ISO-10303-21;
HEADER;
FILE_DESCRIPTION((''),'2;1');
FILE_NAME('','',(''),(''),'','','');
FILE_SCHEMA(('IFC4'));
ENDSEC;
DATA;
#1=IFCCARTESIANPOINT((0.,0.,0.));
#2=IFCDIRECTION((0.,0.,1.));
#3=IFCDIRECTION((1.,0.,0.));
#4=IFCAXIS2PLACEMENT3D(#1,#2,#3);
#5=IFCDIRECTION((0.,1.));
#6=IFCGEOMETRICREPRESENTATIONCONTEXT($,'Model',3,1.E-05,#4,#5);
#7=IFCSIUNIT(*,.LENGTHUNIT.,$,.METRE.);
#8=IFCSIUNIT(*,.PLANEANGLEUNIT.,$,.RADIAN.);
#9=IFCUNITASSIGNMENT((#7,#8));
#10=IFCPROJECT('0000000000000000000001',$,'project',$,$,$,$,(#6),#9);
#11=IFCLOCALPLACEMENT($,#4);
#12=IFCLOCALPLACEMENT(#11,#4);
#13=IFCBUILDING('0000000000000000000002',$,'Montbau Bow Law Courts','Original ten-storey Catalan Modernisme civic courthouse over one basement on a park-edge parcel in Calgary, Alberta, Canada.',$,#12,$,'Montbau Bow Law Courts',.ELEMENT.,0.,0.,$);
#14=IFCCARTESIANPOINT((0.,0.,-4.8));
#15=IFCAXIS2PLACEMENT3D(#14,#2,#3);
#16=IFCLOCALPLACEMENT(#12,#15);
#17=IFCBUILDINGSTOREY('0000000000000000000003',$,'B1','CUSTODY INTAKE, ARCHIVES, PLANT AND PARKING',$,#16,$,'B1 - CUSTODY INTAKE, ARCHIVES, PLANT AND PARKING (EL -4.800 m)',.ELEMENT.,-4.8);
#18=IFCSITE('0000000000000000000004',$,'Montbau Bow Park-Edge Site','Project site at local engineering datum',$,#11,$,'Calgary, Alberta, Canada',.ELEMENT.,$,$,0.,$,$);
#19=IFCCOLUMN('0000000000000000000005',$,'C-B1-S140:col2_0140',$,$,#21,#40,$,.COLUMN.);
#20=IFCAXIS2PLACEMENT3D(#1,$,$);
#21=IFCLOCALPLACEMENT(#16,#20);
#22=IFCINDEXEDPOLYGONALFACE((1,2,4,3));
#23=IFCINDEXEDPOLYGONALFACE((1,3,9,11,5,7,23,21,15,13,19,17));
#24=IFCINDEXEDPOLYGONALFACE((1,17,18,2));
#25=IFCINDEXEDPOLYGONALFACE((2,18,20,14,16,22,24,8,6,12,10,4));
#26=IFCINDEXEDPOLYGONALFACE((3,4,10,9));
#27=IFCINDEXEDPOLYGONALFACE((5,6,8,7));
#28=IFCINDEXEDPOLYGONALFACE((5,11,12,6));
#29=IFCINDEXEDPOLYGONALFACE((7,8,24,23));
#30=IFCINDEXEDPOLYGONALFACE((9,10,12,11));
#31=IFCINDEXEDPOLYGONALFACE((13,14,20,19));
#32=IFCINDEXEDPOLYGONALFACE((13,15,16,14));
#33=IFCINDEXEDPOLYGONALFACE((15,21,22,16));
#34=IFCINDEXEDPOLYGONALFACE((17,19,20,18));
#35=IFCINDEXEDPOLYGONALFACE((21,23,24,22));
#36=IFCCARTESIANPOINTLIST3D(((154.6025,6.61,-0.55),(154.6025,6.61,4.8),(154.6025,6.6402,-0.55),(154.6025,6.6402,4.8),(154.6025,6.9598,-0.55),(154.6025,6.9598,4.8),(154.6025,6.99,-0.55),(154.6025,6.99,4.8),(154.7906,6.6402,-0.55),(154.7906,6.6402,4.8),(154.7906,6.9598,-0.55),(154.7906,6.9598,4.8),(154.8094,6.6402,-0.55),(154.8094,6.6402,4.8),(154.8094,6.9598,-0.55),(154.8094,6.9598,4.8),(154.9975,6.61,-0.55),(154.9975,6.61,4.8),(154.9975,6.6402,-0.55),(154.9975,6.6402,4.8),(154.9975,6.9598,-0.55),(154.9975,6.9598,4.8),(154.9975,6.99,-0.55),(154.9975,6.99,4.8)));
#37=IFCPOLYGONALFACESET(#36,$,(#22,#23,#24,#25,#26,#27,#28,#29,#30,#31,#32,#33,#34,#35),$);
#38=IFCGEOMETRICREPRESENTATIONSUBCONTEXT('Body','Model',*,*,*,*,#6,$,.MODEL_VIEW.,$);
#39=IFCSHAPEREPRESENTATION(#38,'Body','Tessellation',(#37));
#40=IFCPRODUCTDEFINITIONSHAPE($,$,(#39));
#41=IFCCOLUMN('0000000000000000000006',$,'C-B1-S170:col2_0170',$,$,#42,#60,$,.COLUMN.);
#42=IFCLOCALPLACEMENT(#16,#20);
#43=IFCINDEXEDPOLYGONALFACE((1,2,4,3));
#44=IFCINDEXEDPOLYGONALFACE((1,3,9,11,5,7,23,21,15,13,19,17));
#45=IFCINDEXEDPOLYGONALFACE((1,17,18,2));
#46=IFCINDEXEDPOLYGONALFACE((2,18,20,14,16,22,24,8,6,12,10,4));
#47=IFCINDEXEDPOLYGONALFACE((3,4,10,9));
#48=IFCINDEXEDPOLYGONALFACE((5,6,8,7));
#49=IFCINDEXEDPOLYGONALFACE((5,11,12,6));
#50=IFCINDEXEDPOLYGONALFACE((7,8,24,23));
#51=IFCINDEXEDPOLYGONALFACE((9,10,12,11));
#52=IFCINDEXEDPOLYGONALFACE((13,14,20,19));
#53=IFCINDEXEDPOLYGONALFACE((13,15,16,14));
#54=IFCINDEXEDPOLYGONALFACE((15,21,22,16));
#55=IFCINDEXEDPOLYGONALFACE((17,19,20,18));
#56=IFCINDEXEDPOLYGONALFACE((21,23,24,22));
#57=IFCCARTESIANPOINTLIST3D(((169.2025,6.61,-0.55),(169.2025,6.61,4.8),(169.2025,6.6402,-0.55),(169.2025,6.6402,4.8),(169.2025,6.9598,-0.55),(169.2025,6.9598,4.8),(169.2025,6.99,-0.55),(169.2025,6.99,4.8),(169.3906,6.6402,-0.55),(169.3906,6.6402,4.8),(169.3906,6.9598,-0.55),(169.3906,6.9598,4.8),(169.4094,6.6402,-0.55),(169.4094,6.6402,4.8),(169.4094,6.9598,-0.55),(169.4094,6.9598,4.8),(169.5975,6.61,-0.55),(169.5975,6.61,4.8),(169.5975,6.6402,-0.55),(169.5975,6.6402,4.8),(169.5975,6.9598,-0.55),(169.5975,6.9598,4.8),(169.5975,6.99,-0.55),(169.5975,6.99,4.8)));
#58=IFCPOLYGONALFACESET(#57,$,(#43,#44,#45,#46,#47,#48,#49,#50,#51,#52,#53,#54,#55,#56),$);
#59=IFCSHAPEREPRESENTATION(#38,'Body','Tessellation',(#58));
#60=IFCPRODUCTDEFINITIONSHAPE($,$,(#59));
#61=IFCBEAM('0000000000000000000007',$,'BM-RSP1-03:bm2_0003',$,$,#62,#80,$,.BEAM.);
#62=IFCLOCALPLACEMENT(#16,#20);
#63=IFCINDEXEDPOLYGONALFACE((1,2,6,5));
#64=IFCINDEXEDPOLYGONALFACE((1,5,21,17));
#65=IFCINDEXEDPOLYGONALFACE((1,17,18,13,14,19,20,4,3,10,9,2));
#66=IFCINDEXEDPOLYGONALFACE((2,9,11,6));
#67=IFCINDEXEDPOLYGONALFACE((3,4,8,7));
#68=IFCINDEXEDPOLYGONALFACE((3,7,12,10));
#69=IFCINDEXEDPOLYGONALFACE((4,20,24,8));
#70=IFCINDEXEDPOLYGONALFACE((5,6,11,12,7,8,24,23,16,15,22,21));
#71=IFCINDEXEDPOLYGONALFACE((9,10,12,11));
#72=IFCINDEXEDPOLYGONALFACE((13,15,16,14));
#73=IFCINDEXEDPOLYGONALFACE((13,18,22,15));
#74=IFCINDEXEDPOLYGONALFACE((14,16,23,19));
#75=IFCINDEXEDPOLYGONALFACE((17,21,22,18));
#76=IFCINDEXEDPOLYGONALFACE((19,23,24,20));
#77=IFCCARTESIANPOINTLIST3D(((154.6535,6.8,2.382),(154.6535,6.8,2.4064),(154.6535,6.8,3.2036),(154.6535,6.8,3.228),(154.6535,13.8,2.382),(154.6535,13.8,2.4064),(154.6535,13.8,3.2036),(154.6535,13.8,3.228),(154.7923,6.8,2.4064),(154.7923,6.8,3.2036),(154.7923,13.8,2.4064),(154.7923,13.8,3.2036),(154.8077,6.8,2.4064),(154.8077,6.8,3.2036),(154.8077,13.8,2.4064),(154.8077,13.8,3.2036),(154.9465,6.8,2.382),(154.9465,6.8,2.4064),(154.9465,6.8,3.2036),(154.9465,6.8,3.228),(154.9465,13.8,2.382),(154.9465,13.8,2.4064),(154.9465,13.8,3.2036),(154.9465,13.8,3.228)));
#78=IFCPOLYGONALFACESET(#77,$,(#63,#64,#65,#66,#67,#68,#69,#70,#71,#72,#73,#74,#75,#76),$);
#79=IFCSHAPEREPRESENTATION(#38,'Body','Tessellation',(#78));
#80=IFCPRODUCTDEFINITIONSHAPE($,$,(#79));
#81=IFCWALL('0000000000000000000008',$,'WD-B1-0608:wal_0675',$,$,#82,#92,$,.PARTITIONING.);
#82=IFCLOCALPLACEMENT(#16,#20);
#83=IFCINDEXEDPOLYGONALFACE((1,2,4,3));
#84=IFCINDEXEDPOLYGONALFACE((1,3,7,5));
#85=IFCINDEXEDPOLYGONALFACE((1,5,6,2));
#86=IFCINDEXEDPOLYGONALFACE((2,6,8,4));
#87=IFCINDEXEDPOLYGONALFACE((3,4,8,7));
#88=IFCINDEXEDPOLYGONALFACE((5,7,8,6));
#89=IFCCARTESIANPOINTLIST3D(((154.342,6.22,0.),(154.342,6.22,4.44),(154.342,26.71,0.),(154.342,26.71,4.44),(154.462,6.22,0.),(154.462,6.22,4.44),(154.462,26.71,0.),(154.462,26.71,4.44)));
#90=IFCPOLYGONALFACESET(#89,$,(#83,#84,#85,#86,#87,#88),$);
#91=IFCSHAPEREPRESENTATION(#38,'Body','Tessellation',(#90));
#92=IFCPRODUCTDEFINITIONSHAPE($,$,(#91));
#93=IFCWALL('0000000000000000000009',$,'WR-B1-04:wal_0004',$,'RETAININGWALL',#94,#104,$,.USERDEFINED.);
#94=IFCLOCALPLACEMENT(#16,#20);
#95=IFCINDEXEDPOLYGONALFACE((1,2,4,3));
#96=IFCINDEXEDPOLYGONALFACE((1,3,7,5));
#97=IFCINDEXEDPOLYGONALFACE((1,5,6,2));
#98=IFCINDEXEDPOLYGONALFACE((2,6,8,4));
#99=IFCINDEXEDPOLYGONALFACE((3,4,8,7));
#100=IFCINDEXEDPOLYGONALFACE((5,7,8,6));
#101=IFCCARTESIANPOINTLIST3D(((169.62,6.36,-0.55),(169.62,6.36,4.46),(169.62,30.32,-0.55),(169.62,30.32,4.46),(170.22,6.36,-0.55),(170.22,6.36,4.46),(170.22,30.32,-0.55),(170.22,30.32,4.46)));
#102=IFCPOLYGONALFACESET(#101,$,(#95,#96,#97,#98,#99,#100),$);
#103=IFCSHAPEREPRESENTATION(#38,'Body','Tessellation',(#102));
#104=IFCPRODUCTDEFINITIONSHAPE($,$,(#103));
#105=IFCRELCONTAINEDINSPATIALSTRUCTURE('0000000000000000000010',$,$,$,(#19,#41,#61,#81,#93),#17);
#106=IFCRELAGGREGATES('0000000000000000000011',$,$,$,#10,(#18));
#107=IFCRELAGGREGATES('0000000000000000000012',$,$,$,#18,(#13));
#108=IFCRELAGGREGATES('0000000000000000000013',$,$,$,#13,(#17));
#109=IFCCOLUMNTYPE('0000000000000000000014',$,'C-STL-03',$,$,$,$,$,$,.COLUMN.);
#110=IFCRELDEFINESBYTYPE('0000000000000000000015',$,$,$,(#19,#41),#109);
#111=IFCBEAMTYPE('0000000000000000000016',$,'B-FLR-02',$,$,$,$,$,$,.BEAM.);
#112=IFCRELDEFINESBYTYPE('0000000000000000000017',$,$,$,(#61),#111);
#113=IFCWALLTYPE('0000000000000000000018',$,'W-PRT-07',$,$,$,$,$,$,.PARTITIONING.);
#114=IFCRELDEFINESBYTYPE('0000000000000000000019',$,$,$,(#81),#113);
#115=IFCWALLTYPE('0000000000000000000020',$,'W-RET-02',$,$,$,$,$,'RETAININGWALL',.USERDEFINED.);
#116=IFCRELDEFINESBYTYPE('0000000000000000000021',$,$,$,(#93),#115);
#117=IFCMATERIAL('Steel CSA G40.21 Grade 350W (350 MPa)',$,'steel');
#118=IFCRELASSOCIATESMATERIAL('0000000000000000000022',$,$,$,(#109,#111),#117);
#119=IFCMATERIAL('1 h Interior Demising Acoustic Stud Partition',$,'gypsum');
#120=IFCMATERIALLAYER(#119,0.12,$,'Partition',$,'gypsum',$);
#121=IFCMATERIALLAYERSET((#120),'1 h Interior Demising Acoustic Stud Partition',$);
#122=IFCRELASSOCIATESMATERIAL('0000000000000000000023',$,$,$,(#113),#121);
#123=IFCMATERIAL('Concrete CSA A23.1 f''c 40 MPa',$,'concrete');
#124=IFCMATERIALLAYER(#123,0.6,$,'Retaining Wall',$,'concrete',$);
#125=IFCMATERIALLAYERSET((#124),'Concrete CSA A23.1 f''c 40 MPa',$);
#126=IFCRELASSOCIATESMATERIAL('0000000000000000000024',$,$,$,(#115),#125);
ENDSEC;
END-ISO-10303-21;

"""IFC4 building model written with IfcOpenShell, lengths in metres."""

from ifc_helpers import new_model, si_unit, direction, frame, frame_2d, origin_with_axes, origin_2d_with_axis, place, context, subcontext, project, spatial, rectangle, i_section, extrude, material, layer, layer_set, material_profile, profile_set, type_object, element, save


model = new_model("IFC4")

# Units and contexts
model_context = context("Model", 3, precision=1e-05, world=origin_with_axes(), true_north=direction((0.0, 1.0)))
body_context = subcontext(model_context, "Body", "Model", "MODEL_VIEW")
ifc_project = project(units=[si_unit("LENGTHUNIT", "METRE"), si_unit("PLANEANGLEUNIT", "RADIAN")], contexts=[model_context])

# Site, building, storey
site_placement = place(None, origin_with_axes())
site = spatial("IfcSite", under=ifc_project, at=site_placement, Name="Montbau Bow Park-Edge Site", Description="Project site at local engineering datum", LongName="Calgary, Alberta, Canada", CompositionType="ELEMENT", RefElevation=0.0)
building_placement = place(site_placement, origin_with_axes())
building = spatial("IfcBuilding", under=site, at=building_placement, Name="Montbau Bow Law Courts", Description="Original ten-storey Catalan Modernisme civic courthouse over one basement on a park-edge parcel in Calgary, Alberta, Canada.", LongName="Montbau Bow Law Courts", CompositionType="ELEMENT", ElevationOfRefHeight=0.0, ElevationOfTerrain=0.0)
storey_placement = place(building_placement, frame((0.0, 0.0, -4.8), z_axis=(0.0, 0.0, 1.0), x_axis=(1.0, 0.0, 0.0)))
storey = spatial("IfcBuildingStorey", under=building, at=storey_placement, Name="B1", Description="CUSTODY INTAKE, ARCHIVES, PLANT AND PARKING", LongName="B1 - CUSTODY INTAKE, ARCHIVES, PLANT AND PARKING (EL -4.800 m)", CompositionType="ELEMENT", Elevation=-4.8)

# Shared definitions
ifc_material_1 = material(Name="Concrete CSA A23.1 f'c 40 MPa", Category="concrete")

# Columns
ifc_material_2 = material(Name="Steel CSA G40.21 Grade 350W (350 MPa)", Category="steel")
ifc_material_profile_1 = material_profile(ifc_material_2, i_section(OverallWidth=0.395, OverallDepth=0.38, WebThickness=0.0189, FlangeThickness=0.0302, at=origin_2d_with_axis()), Name="W360X237", Category="Main", Priority=0)
ifc_profile_set_1 = profile_set([ifc_material_profile_1], Name="Steel CSA G40.21 Grade 350W (350 MPa)")
column_type_1 = type_object("IfcColumnType", Name="C-STL-03", PredefinedType="COLUMN", material=ifc_profile_set_1)
for number, where, z_axis, x_axis, name in (
    (1, (154.8, 6.8, -5.35), (0.0, 0.0, 1.0), (1.0, 0.0, 0.0), "C-B1-S140:col2_0140"),
    (2, (169.4, 6.8, -5.35), (0.0, 0.0, 1.0), (1.0, 0.0, 0.0), "C-B1-S170:col2_0170"),
):
    element("IfcColumn", number, at=place(None, frame(where, z_axis=z_axis, x_axis=x_axis)), inside=storey, type_object=column_type_1, Name=name, PredefinedType="COLUMN", context=body_context, shape_type="SweptSolid", body=[
        extrude(i_section(OverallWidth=0.395, OverallDepth=0.38, WebThickness=0.0189, FlangeThickness=0.0302, at=origin_2d_with_axis()), origin_with_axes(), (0.0, 0.0, 1.0), 5.35),
    ])

# Beam
ifc_material_profile_2 = material_profile(ifc_material_2, i_section(OverallWidth=0.293, OverallDepth=0.846, WebThickness=0.0154, FlangeThickness=0.0244, at=origin_2d_with_axis()), Name="W840X210", Category="Main", Priority=0)
ifc_profile_set_2 = profile_set([ifc_material_profile_2], Name="Steel CSA G40.21 Grade 350W (350 MPa)")
beam_type = type_object("IfcBeamType", Name="B-FLR-02", PredefinedType="BEAM", material=ifc_profile_set_2)
beam_placement = place(None, frame((154.8, 6.8, -1.995), z_axis=(0.0, 1.0, 0.0), x_axis=(-1.0, 0.0, 0.0)))
element("IfcBeam", 3, at=beam_placement, inside=storey, type_object=beam_type, Name="BM-RSP1-03:bm2_0003", PredefinedType="BEAM", context=body_context, shape_type="SweptSolid", body=[
    extrude(i_section(OverallWidth=0.293, OverallDepth=0.846, WebThickness=0.0154, FlangeThickness=0.0244, at=origin_2d_with_axis()), origin_with_axes(), (0.0, 0.0, 1.0), 7.0),
])

# Walls
ifc_material_3 = material(Name="1 h Interior Demising Acoustic Stud Partition", Category="gypsum")
ifc_layer_1 = layer(ifc_material_3, 0.12, Name="Partition", Category="gypsum")
ifc_layer_set_1 = layer_set([ifc_layer_1], Name="1 h Interior Demising Acoustic Stud Partition")
wall_type_1 = type_object("IfcWallType", Name="W-PRT-07", PredefinedType="PARTITIONING", material=ifc_layer_set_1)
wall_1_placement = place(None, frame((154.402, 6.22, -4.8), z_axis=(0.0, 0.0, 1.0), x_axis=(0.0, 1.0, 0.0)))
element("IfcWall", 4, at=wall_1_placement, inside=storey, type_object=wall_type_1, Name="WD-B1-0608:wal_0675", PredefinedType="PARTITIONING", context=body_context, shape_type="SweptSolid", body=[
    extrude(rectangle(XDim=20.49, YDim=0.12, at=frame_2d((10.245, 0.0), x_axis=(1.0, 0.0))), origin_with_axes(), (0.0, 0.0, 1.0), 4.44),
])
ifc_layer_2 = layer(ifc_material_1, 0.6, Name="Retaining Wall", Category="concrete")
ifc_layer_set_2 = layer_set([ifc_layer_2], Name="Concrete CSA A23.1 f'c 40 MPa")
wall_type_2 = type_object("IfcWallType", Name="W-RET-02", ElementType="RETAININGWALL", PredefinedType="USERDEFINED", material=ifc_layer_set_2)
wall_2_placement = place(None, frame((169.92, 6.36, -5.35), z_axis=(0.0, 0.0, 1.0), x_axis=(0.0, 1.0, 0.0)))
element("IfcWall", 5, at=wall_2_placement, inside=storey, type_object=wall_type_2, Name="WR-B1-04:wal_0004", ObjectType="RETAININGWALL", PredefinedType="USERDEFINED", context=body_context, shape_type="SweptSolid", body=[
    extrude(rectangle(XDim=23.96, YDim=0.6, at=frame_2d((11.98, 0.0), x_axis=(1.0, 0.0))), origin_with_axes(), (0.0, 0.0, 1.0), 5.01),
])

save(model, "model.ifc")
